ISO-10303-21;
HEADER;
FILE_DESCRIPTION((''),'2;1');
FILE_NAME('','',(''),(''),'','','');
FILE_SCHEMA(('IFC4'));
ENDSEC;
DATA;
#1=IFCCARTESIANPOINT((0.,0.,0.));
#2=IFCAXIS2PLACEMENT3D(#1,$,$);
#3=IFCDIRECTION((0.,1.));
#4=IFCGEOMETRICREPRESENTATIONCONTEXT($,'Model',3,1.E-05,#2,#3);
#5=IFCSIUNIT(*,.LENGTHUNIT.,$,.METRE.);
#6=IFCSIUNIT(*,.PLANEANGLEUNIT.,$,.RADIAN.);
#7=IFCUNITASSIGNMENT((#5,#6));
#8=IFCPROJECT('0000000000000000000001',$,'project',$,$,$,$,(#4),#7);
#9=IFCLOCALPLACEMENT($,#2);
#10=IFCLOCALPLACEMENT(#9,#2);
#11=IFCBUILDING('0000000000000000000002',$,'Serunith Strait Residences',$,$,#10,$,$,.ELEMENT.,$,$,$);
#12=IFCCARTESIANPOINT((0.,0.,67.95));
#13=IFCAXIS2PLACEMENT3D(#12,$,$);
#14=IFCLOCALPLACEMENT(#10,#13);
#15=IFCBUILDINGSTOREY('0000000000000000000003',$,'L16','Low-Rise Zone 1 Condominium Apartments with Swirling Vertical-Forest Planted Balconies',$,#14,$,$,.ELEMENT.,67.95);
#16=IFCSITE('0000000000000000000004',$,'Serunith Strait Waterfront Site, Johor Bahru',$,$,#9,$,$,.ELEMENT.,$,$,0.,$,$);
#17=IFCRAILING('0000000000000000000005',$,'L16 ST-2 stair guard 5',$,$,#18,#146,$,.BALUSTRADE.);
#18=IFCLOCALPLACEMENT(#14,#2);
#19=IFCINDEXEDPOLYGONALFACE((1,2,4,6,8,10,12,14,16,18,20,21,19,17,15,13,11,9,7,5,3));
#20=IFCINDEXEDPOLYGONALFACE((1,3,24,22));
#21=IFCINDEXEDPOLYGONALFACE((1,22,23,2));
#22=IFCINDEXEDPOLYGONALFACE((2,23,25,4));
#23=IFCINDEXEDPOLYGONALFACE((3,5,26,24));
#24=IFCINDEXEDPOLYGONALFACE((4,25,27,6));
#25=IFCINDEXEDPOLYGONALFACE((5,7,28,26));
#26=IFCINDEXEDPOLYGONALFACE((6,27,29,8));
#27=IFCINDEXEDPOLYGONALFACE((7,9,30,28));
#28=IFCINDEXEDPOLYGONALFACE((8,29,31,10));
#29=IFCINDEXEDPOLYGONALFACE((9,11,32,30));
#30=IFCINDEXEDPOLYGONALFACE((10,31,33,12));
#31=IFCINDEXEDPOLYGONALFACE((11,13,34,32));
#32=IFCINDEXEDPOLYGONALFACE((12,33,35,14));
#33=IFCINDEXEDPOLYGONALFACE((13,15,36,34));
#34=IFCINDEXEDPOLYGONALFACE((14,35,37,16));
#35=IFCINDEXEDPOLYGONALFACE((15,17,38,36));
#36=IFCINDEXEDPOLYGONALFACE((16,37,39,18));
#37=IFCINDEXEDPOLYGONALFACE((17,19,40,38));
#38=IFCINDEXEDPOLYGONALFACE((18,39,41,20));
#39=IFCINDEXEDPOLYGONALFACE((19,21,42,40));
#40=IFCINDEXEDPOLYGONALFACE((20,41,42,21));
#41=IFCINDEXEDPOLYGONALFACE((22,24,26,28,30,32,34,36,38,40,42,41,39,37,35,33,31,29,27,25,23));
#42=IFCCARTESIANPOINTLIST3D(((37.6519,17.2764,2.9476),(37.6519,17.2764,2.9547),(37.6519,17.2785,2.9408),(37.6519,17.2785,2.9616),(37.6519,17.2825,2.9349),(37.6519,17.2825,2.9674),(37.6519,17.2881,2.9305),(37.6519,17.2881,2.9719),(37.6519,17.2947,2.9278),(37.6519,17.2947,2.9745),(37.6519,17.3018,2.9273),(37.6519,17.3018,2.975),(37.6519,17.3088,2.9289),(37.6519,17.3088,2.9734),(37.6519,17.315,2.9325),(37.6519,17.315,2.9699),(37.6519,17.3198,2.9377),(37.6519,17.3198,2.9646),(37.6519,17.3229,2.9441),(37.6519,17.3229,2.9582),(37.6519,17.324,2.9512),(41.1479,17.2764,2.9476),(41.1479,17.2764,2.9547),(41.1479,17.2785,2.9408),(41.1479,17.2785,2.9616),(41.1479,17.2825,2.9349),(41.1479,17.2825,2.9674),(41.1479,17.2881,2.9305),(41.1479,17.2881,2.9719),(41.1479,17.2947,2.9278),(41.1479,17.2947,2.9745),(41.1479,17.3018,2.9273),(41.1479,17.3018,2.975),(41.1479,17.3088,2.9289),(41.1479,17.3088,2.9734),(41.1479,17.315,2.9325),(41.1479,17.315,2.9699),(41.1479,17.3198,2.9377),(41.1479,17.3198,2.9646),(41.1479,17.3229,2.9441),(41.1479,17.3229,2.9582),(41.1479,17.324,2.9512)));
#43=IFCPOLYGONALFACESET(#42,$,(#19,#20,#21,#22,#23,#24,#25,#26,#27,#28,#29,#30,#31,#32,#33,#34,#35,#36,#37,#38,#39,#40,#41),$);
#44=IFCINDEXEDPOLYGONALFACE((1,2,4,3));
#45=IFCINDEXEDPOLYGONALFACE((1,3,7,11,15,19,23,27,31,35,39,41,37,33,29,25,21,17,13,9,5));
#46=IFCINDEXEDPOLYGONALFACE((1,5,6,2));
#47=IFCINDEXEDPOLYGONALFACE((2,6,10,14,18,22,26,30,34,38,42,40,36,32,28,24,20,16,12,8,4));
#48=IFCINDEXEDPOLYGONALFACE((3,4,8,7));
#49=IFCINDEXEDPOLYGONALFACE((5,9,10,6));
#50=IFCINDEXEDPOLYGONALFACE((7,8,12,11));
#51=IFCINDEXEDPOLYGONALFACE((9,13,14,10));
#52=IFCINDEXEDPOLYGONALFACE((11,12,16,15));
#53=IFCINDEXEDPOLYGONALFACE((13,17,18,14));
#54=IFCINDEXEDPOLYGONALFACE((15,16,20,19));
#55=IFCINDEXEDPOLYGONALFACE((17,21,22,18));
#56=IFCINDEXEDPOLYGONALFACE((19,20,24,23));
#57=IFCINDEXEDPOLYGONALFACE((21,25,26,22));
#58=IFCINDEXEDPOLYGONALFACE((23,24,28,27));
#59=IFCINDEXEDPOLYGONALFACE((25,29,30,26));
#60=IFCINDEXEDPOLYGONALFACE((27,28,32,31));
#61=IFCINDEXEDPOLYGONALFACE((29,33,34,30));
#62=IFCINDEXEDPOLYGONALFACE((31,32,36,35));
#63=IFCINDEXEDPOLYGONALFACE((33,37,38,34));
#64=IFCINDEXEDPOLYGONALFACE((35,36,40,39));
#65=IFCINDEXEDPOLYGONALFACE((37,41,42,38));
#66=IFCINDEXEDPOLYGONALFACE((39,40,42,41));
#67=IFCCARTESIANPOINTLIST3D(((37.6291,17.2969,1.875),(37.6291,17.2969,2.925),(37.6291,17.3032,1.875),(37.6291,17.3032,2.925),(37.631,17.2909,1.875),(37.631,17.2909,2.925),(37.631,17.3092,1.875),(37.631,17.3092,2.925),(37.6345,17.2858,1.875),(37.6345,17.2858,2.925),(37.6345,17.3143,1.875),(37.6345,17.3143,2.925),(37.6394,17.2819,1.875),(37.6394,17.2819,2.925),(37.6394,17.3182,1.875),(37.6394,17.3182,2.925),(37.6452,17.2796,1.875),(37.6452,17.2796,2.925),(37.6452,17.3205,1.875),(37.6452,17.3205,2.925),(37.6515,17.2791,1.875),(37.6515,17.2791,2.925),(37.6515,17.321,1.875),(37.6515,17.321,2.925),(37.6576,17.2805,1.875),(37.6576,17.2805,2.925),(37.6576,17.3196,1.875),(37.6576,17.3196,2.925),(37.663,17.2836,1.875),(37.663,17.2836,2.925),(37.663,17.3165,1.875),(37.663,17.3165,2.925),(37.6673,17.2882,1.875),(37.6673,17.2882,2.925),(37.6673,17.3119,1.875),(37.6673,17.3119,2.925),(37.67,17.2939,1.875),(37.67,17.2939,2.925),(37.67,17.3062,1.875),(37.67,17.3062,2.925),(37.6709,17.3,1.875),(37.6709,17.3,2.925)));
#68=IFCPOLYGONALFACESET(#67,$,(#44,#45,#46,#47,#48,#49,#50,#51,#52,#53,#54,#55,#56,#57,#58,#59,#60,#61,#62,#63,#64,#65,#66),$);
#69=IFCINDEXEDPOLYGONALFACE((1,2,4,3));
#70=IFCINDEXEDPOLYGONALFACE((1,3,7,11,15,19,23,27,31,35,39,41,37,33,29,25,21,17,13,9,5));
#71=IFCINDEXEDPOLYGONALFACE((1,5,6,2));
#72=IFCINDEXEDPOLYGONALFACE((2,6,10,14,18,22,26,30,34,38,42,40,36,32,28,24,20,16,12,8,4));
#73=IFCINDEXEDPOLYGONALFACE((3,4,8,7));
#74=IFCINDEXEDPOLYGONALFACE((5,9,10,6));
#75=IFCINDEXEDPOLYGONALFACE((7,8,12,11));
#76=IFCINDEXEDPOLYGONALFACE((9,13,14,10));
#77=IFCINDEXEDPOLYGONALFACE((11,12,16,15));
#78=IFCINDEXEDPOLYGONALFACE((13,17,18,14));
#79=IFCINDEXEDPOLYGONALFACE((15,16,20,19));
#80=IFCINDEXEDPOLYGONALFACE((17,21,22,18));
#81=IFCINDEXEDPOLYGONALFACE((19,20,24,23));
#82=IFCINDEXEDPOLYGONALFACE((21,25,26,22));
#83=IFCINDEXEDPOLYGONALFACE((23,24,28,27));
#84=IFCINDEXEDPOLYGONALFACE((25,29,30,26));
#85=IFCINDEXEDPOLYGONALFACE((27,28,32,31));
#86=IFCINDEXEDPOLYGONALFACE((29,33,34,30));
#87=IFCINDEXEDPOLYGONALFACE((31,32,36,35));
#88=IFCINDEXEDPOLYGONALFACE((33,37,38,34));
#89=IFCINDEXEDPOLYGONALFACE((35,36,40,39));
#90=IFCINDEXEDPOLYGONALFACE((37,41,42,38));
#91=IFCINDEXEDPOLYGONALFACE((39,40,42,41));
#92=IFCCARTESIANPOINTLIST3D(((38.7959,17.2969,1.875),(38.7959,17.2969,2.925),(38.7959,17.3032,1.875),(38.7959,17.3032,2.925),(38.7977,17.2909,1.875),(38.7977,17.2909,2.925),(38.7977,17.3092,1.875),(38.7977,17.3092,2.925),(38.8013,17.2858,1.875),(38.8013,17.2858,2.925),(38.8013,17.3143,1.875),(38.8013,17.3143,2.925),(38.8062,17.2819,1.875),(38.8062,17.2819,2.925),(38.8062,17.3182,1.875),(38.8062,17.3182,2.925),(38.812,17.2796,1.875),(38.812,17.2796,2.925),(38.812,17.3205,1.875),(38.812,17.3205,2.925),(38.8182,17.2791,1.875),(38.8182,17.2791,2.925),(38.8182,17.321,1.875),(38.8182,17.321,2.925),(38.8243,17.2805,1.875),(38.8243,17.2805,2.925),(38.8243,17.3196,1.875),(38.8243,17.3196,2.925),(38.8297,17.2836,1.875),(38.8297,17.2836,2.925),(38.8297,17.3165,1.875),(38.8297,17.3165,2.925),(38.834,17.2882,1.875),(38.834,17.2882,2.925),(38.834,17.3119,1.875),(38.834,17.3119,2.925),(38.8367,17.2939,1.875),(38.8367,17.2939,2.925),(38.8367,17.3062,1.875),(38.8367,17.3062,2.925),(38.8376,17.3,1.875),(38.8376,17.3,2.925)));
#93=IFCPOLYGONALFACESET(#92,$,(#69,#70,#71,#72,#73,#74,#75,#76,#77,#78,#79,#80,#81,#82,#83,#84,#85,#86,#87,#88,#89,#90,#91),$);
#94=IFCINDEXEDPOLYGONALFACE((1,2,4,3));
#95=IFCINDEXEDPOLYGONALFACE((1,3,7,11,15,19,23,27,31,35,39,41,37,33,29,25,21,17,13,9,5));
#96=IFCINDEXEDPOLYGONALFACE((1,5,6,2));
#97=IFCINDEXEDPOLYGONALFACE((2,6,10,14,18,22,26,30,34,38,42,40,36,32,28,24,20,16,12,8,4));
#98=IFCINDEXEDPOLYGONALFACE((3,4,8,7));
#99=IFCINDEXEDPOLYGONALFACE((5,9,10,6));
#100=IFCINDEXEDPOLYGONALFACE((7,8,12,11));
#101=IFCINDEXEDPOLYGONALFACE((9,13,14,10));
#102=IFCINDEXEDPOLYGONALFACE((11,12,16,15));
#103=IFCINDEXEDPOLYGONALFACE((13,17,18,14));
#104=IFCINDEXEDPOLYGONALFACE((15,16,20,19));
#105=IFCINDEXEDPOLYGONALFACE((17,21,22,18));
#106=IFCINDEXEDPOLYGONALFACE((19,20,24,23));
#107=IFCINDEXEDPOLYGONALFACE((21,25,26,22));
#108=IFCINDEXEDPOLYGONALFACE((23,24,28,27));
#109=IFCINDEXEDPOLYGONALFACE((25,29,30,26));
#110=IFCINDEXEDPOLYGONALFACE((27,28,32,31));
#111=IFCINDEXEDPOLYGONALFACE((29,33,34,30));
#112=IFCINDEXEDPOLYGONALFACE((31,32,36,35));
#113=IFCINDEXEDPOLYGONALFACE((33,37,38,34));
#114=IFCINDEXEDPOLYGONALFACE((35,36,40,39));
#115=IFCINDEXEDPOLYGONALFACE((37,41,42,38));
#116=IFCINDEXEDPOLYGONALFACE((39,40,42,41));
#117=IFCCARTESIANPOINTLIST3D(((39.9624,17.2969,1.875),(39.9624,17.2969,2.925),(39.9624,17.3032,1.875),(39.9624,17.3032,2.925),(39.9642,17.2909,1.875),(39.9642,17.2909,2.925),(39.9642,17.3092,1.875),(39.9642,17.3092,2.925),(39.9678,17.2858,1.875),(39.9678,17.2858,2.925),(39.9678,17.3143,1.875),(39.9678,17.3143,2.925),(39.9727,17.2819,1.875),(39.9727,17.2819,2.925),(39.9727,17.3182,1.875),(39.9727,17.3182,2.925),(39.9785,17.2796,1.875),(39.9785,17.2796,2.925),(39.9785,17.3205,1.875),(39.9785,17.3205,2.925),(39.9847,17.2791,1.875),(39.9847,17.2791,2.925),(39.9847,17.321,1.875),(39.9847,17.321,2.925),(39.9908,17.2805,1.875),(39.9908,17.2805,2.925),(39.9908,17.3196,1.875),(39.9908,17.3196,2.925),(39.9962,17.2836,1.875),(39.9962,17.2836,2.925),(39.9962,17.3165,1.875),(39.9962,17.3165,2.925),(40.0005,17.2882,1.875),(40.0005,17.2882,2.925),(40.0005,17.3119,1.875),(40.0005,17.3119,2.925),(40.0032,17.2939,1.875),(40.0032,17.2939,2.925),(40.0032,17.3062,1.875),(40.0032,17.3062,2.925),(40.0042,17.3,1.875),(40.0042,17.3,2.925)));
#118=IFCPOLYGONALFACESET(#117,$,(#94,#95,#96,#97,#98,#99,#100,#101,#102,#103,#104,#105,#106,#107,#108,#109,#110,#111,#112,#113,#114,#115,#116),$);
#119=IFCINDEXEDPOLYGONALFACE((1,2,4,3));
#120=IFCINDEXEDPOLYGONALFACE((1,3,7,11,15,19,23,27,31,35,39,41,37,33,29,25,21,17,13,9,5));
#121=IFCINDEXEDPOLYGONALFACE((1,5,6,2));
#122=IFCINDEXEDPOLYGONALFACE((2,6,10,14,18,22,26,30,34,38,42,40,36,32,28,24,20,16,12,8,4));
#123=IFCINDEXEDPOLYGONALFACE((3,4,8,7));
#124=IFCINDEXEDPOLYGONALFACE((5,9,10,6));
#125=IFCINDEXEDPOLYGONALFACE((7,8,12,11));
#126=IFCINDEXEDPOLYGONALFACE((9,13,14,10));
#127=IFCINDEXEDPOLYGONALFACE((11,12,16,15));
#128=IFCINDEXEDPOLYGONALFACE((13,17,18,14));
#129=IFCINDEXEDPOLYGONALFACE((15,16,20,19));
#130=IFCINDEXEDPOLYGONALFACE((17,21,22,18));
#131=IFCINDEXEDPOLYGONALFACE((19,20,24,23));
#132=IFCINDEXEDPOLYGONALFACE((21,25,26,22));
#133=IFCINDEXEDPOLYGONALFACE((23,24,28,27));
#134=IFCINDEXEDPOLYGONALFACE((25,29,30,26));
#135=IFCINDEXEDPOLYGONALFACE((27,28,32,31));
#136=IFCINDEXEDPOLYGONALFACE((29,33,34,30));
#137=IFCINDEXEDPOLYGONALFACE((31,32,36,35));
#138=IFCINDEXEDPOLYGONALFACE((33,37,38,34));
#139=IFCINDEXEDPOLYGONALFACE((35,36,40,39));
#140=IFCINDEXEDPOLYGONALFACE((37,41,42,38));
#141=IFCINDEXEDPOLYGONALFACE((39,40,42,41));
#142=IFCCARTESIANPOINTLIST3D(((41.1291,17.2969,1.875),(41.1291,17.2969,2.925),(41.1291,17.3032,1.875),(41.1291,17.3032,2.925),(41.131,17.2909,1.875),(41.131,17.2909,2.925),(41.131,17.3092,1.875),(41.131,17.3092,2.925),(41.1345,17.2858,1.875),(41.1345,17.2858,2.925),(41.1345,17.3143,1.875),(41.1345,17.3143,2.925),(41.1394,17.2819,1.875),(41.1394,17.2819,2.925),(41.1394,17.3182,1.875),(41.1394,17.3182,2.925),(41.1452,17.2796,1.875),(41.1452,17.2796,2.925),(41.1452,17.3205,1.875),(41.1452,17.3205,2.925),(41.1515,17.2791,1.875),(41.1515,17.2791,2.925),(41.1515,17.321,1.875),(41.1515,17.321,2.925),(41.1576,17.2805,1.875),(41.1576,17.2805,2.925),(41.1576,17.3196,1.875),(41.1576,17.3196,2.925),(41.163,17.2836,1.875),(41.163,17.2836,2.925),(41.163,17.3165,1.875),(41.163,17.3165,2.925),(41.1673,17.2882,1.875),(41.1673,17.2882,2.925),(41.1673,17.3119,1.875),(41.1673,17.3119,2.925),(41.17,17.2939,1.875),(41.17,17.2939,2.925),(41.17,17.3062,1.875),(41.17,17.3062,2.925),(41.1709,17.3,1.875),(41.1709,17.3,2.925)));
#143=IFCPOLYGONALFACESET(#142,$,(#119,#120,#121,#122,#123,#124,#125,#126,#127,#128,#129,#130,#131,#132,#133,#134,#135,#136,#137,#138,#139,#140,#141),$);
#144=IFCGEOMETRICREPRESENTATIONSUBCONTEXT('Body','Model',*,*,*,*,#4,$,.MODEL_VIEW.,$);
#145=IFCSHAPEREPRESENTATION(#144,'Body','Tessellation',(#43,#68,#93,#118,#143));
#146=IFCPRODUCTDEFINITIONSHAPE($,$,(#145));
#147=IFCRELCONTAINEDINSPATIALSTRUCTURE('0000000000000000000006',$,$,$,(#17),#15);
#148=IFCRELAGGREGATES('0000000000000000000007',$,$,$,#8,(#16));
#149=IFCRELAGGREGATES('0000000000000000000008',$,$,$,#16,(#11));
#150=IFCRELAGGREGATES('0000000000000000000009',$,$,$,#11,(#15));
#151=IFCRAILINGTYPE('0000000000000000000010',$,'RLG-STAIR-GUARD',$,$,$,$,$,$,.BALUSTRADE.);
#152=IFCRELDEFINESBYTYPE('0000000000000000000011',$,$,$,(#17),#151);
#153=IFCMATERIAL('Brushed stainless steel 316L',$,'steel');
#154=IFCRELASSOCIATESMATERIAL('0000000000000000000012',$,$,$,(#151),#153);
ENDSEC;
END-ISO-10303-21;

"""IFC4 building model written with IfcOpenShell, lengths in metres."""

from ifc_helpers import new_model, si_unit, direction, frame, origin, origin_2d, place, context, subcontext, project, spatial, circle, extrude, material, type_object, element, save


model = new_model("IFC4")

# Units and contexts
model_context = context("Model", 3, precision=1e-05, world=origin(), true_north=direction((0.0, 1.0)))
body_context = subcontext(model_context, "Body", "Model", "MODEL_VIEW")
ifc_project = project(units=[si_unit("LENGTHUNIT", "METRE"), si_unit("PLANEANGLEUNIT", "RADIAN")], contexts=[model_context])

# Site, building, storey
site_placement = place(None, origin())
site = spatial("IfcSite", under=ifc_project, at=site_placement, Name="Serunith Strait Waterfront Site, Johor Bahru", CompositionType="ELEMENT", RefElevation=0.0)
building_placement = place(site_placement, origin())
building = spatial("IfcBuilding", under=site, at=building_placement, Name="Serunith Strait Residences", CompositionType="ELEMENT")
storey_placement = place(building_placement, frame((0.0, 0.0, 67.95)))
storey = spatial("IfcBuildingStorey", under=building, at=storey_placement, Name="L16", Description="Low-Rise Zone 1 Condominium Apartments with Swirling Vertical-Forest Planted Balconies", CompositionType="ELEMENT", Elevation=67.95)

# Railing
ifc_material_1 = material(Name="Brushed stainless steel 316L", Category="steel")
railing_type_1 = type_object("IfcRailingType", Name="RLG-STAIR-GUARD", PredefinedType="BALUSTRADE", material=ifc_material_1)
railing_1_placement = place(storey_placement, frame((37.6499, 17.3, 1.875)))
element("IfcRailing", 1, at=railing_1_placement, inside=storey, type_object=railing_type_1, Name="L16 ST-2 stair guard 5", PredefinedType="BALUSTRADE", context=body_context, shape_type="SweptSolid", body=[
    extrude(circle(Radius=0.0239, at=origin_2d()), frame((0.002, 0.0, 1.0762), z_axis=(1.0, 0.0, 0.0), x_axis=(0.0, 1.0, 0.0)), (0.0, 0.0, 1.0), 3.4961),
    extrude(circle(Radius=0.021, at=origin_2d()), origin(), (0.0, 0.0, 1.0), 1.05),
    extrude(circle(Radius=0.021, at=origin_2d()), frame((1.1667, 0.0, 0.0)), (0.0, 0.0, 1.0), 1.05),
    extrude(circle(Radius=0.021, at=origin_2d()), frame((2.3333, 0.0, 0.0)), (0.0, 0.0, 1.0), 1.05),
    extrude(circle(Radius=0.021, at=origin_2d()), frame((3.5, 0.0, 0.0)), (0.0, 0.0, 1.0), 1.05),
])

save(model, "model.ifc")
